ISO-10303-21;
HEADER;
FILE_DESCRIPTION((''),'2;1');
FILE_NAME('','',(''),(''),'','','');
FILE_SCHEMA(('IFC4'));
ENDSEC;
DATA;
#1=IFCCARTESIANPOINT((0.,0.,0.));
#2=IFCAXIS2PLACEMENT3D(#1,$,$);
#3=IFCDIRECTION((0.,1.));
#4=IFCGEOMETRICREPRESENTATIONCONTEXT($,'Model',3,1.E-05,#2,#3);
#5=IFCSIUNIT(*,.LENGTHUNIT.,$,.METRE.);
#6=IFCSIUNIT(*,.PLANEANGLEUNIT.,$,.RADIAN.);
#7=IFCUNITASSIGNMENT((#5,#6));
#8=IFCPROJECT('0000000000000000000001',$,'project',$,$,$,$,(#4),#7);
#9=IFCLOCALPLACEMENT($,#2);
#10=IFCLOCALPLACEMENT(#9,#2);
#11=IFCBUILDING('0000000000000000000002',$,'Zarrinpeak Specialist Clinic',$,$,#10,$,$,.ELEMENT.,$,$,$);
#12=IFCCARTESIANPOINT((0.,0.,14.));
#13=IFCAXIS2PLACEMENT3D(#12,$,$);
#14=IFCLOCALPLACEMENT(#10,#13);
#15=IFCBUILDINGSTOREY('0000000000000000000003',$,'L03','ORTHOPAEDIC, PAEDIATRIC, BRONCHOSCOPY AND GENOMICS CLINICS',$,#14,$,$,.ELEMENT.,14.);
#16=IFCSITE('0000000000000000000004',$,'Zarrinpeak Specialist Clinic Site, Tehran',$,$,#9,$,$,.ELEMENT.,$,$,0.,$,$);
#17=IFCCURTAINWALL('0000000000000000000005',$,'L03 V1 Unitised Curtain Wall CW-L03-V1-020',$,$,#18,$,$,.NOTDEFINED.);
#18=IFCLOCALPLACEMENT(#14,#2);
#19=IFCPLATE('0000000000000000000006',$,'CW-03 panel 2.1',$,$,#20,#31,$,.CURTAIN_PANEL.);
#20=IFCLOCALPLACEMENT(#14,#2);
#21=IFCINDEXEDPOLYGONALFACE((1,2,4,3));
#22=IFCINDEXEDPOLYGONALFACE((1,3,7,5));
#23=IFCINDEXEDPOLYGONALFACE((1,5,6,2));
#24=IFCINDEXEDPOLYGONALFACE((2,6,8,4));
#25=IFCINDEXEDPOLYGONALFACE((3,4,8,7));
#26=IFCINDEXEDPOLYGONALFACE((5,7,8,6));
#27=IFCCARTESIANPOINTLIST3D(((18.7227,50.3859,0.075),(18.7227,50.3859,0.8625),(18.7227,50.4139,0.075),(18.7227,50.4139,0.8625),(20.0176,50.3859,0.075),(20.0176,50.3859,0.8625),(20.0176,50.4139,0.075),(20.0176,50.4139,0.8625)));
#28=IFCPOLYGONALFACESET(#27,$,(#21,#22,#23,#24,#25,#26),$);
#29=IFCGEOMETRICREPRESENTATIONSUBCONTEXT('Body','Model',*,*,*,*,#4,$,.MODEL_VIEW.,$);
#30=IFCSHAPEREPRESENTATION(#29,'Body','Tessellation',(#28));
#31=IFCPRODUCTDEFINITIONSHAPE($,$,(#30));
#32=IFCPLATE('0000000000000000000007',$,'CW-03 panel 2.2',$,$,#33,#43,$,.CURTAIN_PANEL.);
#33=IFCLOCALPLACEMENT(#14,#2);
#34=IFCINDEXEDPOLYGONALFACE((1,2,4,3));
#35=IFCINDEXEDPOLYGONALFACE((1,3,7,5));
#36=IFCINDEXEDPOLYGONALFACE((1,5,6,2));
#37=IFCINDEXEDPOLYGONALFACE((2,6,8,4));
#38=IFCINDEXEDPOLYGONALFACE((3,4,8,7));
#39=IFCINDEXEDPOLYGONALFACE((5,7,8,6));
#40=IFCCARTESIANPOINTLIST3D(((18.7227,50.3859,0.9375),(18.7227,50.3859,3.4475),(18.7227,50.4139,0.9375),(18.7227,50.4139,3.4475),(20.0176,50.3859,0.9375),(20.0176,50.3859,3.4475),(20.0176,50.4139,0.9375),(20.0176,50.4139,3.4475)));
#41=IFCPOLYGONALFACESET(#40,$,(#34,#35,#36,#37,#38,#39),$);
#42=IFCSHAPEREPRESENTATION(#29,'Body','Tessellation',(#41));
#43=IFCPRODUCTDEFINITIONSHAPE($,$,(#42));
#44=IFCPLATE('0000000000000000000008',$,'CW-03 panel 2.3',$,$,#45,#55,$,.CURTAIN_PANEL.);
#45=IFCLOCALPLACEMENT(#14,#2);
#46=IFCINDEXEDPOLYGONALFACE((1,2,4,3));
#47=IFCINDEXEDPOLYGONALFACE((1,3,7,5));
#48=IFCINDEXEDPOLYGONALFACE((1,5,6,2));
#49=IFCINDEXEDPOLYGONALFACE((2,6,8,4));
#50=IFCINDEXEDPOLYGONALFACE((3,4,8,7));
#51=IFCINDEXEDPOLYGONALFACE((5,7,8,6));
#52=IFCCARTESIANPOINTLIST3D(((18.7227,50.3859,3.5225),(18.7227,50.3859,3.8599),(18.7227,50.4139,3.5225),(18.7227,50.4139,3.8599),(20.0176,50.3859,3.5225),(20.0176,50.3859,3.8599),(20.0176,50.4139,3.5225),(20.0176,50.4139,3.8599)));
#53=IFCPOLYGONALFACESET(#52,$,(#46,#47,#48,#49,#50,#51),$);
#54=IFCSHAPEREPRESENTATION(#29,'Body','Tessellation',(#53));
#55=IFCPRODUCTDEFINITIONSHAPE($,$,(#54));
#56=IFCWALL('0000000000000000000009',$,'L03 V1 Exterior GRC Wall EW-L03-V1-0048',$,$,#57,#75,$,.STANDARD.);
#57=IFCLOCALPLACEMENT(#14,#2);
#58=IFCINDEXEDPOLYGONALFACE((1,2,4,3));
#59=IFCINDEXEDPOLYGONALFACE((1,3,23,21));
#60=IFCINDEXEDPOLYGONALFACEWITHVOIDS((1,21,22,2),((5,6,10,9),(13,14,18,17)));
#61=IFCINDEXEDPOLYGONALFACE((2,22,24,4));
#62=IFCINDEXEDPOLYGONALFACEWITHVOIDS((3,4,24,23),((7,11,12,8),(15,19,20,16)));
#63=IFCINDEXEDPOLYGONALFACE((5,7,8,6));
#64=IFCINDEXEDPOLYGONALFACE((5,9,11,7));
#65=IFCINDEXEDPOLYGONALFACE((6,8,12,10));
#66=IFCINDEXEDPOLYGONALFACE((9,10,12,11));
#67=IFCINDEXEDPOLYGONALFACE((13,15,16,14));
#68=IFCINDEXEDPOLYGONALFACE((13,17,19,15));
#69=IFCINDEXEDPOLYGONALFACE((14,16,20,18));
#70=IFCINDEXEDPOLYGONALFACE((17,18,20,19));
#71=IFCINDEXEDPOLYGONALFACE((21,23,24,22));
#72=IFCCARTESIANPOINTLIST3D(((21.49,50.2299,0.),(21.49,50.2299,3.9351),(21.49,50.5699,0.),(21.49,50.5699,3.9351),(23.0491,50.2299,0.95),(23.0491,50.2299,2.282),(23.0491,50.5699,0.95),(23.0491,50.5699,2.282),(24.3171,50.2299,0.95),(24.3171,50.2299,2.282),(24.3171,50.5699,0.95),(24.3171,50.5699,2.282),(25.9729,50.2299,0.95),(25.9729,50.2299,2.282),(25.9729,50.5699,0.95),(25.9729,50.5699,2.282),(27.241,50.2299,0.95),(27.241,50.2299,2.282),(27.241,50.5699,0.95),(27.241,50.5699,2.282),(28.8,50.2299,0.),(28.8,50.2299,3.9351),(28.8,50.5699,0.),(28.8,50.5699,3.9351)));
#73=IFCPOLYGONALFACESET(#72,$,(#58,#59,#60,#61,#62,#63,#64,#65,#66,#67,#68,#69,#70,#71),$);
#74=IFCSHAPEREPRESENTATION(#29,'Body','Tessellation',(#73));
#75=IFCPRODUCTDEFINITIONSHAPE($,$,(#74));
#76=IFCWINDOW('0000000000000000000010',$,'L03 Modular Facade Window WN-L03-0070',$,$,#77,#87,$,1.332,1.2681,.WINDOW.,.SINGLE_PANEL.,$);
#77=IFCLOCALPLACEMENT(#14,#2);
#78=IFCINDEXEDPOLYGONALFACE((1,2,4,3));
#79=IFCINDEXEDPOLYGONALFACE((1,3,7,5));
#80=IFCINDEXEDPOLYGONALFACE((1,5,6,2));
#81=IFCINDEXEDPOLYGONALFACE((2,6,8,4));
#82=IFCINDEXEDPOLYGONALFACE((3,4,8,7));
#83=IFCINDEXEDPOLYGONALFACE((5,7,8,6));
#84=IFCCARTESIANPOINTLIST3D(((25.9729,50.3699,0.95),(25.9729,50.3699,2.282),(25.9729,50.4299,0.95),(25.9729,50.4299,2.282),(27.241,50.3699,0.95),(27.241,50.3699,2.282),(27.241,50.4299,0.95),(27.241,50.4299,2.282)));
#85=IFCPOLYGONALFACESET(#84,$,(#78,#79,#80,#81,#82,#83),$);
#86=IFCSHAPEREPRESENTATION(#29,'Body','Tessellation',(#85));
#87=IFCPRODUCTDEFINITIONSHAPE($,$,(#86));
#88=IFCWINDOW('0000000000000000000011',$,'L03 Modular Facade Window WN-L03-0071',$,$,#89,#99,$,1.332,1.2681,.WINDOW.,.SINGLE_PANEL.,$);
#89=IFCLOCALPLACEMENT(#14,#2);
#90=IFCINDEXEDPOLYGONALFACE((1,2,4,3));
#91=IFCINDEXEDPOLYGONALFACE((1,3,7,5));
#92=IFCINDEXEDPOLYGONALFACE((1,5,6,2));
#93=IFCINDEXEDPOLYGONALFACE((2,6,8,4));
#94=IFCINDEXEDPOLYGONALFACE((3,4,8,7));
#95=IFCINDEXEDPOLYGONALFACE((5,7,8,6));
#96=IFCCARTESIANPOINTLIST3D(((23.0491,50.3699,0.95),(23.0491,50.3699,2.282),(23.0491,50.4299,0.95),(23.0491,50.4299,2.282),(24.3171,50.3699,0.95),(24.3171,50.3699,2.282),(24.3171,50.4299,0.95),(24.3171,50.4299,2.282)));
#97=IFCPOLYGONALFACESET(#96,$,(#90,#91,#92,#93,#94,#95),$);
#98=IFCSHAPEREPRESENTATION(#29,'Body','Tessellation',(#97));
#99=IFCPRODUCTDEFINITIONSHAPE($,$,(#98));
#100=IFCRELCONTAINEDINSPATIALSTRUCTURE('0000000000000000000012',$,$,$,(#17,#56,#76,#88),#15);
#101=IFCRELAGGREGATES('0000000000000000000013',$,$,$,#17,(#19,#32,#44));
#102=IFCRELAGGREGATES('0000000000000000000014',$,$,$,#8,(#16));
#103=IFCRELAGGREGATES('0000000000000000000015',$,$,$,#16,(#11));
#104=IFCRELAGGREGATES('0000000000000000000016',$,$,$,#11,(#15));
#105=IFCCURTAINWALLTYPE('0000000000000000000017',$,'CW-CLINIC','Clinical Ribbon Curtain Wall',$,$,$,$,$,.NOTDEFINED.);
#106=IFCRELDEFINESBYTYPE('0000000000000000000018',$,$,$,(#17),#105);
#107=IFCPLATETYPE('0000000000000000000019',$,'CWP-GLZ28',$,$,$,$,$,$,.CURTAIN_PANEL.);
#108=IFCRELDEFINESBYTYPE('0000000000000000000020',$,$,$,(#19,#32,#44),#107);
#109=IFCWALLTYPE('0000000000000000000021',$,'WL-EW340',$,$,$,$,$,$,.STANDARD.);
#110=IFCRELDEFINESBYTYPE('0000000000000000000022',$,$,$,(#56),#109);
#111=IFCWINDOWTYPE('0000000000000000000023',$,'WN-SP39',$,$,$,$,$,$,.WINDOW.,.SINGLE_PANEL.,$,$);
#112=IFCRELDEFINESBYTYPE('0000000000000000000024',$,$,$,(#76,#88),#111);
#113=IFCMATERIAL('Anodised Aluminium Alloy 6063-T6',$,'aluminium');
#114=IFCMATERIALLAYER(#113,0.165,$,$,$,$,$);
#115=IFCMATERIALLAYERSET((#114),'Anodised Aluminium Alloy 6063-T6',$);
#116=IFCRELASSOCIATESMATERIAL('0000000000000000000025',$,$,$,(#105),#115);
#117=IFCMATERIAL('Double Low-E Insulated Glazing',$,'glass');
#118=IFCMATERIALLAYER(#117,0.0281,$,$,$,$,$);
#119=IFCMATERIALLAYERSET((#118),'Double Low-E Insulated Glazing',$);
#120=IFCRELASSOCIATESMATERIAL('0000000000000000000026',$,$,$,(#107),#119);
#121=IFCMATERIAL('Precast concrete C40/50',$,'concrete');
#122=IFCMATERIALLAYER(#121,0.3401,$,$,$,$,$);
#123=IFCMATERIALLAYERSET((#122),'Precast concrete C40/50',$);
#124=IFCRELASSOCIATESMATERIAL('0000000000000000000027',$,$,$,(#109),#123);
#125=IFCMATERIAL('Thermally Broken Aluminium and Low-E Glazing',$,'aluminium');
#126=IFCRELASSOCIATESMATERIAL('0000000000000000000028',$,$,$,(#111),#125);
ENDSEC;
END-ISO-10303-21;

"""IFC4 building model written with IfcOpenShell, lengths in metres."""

from ifc_helpers import new_model, si_unit, direction, frame, frame_2d, origin, origin_2d, place, context, subcontext, project, spatial, rectangle, extrude, material, layer, layer_set, type_object, element, fill, aggregate, save


model = new_model("IFC4")

# Units and contexts
model_context = context("Model", 3, precision=1e-05, world=origin(), true_north=direction((0.0, 1.0)))
body_context = subcontext(model_context, "Body", "Model", "MODEL_VIEW")
ifc_project = project(units=[si_unit("LENGTHUNIT", "METRE"), si_unit("PLANEANGLEUNIT", "RADIAN")], contexts=[model_context])

# Site, building, storey
site_placement = place(None, origin())
site = spatial("IfcSite", under=ifc_project, at=site_placement, Name="Zarrinpeak Specialist Clinic Site, Tehran", CompositionType="ELEMENT", RefElevation=0.0)
building_placement = place(site_placement, origin())
building = spatial("IfcBuilding", under=site, at=building_placement, Name="Zarrinpeak Specialist Clinic", CompositionType="ELEMENT")
storey_placement = place(building_placement, frame((0.0, 0.0, 14.0)))
storey = spatial("IfcBuildingStorey", under=building, at=storey_placement, Name="L03", Description="ORTHOPAEDIC, PAEDIATRIC, BRONCHOSCOPY AND GENOMICS CLINICS", CompositionType="ELEMENT", Elevation=14.0)

# Curtain wall, plates
ifc_material_1 = material(Name="Anodised Aluminium Alloy 6063-T6", Category="aluminium")
ifc_layer_1 = layer(ifc_material_1, 0.165)
ifc_layer_set_1 = layer_set([ifc_layer_1], Name="Anodised Aluminium Alloy 6063-T6")
curtain_wall_type = type_object("IfcCurtainWallType", Name="CW-CLINIC", Description="Clinical Ribbon Curtain Wall", PredefinedType="NOTDEFINED", material=ifc_layer_set_1)
curtain_wall_placement = place(storey_placement, origin())
curtain_wall = element("IfcCurtainWall", 1, at=curtain_wall_placement, inside=storey, type_object=curtain_wall_type, Name="L03 V1 Unitised Curtain Wall CW-L03-V1-020", PredefinedType="NOTDEFINED")
ifc_material_2 = material(Name="Double Low-E Insulated Glazing", Category="glass")
ifc_layer_2 = layer(ifc_material_2, 0.0281)
ifc_layer_set_2 = layer_set([ifc_layer_2], Name="Double Low-E Insulated Glazing")
plate_type = type_object("IfcPlateType", Name="CWP-GLZ28", PredefinedType="CURTAIN_PANEL", material=ifc_layer_set_2)
plate_1_placement = place(storey_placement, frame((19.3701, 50.3999, 0.075), z_axis=(0.0, 0.0, 1.0), x_axis=(-1.0, 0.0, 0.0)))
plate_1 = element("IfcPlate", 2, at=plate_1_placement, type_object=plate_type, Name="CW-03 panel 2.1", PredefinedType="CURTAIN_PANEL", context=body_context, shape_type="SweptSolid", body=[
    extrude(rectangle(XDim=1.2949, YDim=0.0281, at=origin_2d()), origin(), (0.0, 0.0, 1.0), 0.7876),
])
plate_2_placement = place(storey_placement, frame((19.3701, 50.3999, 0.9375), z_axis=(0.0, 0.0, 1.0), x_axis=(-1.0, 0.0, 0.0)))
plate_2 = element("IfcPlate", 3, at=plate_2_placement, type_object=plate_type, Name="CW-03 panel 2.2", PredefinedType="CURTAIN_PANEL", context=body_context, shape_type="SweptSolid", body=[
    extrude(rectangle(XDim=1.2949, YDim=0.0281, at=origin_2d()), origin(), (0.0, 0.0, 1.0), 2.51),
])
plate_3_placement = place(storey_placement, frame((19.3701, 50.3999, 3.5225), z_axis=(0.0, 0.0, 1.0), x_axis=(-1.0, 0.0, 0.0)))
plate_3 = element("IfcPlate", 4, at=plate_3_placement, type_object=plate_type, Name="CW-03 panel 2.3", PredefinedType="CURTAIN_PANEL", context=body_context, shape_type="SweptSolid", body=[
    extrude(rectangle(XDim=1.2949, YDim=0.0281, at=origin_2d()), origin(), (0.0, 0.0, 1.0), 0.3374),
])
aggregate(curtain_wall, [plate_1, plate_2, plate_3])

# Wall, openings, windows
ifc_material_3 = material(Name="Precast concrete C40/50", Category="concrete")
ifc_layer_3 = layer(ifc_material_3, 0.3401)
ifc_layer_set_3 = layer_set([ifc_layer_3], Name="Precast concrete C40/50")
wall_type = type_object("IfcWallType", Name="WL-EW340", PredefinedType="STANDARD", material=ifc_layer_set_3)
wall_placement = place(storey_placement, frame((28.8, 50.3999, 0.0), z_axis=(0.0, 0.0, 1.0), x_axis=(-1.0, 0.0, 0.0)))
wall = element("IfcWall", 5, at=wall_placement, inside=storey, type_object=wall_type, Name="L03 V1 Exterior GRC Wall EW-L03-V1-0048", PredefinedType="STANDARD", context=body_context, shape_type="SweptSolid", body=[
    extrude(rectangle(XDim=7.3101, YDim=0.3401, at=frame_2d((3.655, 0.0))), origin(), (0.0, 0.0, 1.0), 3.9351),
])
opening_1_placement = place(wall_placement, frame((1.5591, 0.0, 0.95)))
opening_1 = element("IfcOpeningElement", 6, at=opening_1_placement, cuts=wall, PredefinedType="OPENING", context=body_context, shape_type="SweptSolid", body=[
    extrude(rectangle(XDim=1.2681, YDim=1.332, at=frame_2d((0.634, 0.666))), frame((0.0, 0.1802, 0.0), z_axis=(0.0, -1.0, 0.0), x_axis=(1.0, 0.0, 0.0)), (0.0, 0.0, 1.0), 0.3601),
])
opening_2_placement = place(wall_placement, frame((4.4829, 0.0, 0.95)))
opening_2 = element("IfcOpeningElement", 7, at=opening_2_placement, cuts=wall, PredefinedType="OPENING", context=body_context, shape_type="SweptSolid", body=[
    extrude(rectangle(XDim=1.2681, YDim=1.332, at=frame_2d((0.634, 0.666))), frame((0.0, 0.1802, 0.0), z_axis=(0.0, -1.0, 0.0), x_axis=(1.0, 0.0, 0.0)), (0.0, 0.0, 1.0), 0.3601),
])
ifc_material_4 = material(Name="Thermally Broken Aluminium and Low-E Glazing", Category="aluminium")
window_type = type_object("IfcWindowType", Name="WN-SP39", PartitioningType="SINGLE_PANEL", PredefinedType="WINDOW", material=ifc_material_4)
window_1_placement = place(opening_1_placement, origin())
window_1 = element("IfcWindow", 8, at=window_1_placement, inside=storey, type_object=window_type, Name="L03 Modular Facade Window WN-L03-0070", OverallHeight=1.332, OverallWidth=1.2681, PartitioningType="SINGLE_PANEL", PredefinedType="WINDOW", context=body_context, shape_type="SweptSolid", body=[
    extrude(rectangle(XDim=1.2681, YDim=1.332, at=frame_2d((0.634, 0.666))), frame((0.0, 0.03, 0.0), z_axis=(0.0, -1.0, 0.0), x_axis=(1.0, 0.0, 0.0)), (0.0, 0.0, 1.0), 0.0601),
])
fill(opening_1, window_1)
window_2_placement = place(opening_2_placement, origin())
window_2 = element("IfcWindow", 9, at=window_2_placement, inside=storey, type_object=window_type, Name="L03 Modular Facade Window WN-L03-0071", OverallHeight=1.332, OverallWidth=1.2681, PartitioningType="SINGLE_PANEL", PredefinedType="WINDOW", context=body_context, shape_type="SweptSolid", body=[
    extrude(rectangle(XDim=1.2681, YDim=1.332, at=frame_2d((0.634, 0.666))), frame((0.0, 0.03, 0.0), z_axis=(0.0, -1.0, 0.0), x_axis=(1.0, 0.0, 0.0)), (0.0, 0.0, 1.0), 0.0601),
])
fill(opening_2, window_2)

save(model, "model.ifc")
